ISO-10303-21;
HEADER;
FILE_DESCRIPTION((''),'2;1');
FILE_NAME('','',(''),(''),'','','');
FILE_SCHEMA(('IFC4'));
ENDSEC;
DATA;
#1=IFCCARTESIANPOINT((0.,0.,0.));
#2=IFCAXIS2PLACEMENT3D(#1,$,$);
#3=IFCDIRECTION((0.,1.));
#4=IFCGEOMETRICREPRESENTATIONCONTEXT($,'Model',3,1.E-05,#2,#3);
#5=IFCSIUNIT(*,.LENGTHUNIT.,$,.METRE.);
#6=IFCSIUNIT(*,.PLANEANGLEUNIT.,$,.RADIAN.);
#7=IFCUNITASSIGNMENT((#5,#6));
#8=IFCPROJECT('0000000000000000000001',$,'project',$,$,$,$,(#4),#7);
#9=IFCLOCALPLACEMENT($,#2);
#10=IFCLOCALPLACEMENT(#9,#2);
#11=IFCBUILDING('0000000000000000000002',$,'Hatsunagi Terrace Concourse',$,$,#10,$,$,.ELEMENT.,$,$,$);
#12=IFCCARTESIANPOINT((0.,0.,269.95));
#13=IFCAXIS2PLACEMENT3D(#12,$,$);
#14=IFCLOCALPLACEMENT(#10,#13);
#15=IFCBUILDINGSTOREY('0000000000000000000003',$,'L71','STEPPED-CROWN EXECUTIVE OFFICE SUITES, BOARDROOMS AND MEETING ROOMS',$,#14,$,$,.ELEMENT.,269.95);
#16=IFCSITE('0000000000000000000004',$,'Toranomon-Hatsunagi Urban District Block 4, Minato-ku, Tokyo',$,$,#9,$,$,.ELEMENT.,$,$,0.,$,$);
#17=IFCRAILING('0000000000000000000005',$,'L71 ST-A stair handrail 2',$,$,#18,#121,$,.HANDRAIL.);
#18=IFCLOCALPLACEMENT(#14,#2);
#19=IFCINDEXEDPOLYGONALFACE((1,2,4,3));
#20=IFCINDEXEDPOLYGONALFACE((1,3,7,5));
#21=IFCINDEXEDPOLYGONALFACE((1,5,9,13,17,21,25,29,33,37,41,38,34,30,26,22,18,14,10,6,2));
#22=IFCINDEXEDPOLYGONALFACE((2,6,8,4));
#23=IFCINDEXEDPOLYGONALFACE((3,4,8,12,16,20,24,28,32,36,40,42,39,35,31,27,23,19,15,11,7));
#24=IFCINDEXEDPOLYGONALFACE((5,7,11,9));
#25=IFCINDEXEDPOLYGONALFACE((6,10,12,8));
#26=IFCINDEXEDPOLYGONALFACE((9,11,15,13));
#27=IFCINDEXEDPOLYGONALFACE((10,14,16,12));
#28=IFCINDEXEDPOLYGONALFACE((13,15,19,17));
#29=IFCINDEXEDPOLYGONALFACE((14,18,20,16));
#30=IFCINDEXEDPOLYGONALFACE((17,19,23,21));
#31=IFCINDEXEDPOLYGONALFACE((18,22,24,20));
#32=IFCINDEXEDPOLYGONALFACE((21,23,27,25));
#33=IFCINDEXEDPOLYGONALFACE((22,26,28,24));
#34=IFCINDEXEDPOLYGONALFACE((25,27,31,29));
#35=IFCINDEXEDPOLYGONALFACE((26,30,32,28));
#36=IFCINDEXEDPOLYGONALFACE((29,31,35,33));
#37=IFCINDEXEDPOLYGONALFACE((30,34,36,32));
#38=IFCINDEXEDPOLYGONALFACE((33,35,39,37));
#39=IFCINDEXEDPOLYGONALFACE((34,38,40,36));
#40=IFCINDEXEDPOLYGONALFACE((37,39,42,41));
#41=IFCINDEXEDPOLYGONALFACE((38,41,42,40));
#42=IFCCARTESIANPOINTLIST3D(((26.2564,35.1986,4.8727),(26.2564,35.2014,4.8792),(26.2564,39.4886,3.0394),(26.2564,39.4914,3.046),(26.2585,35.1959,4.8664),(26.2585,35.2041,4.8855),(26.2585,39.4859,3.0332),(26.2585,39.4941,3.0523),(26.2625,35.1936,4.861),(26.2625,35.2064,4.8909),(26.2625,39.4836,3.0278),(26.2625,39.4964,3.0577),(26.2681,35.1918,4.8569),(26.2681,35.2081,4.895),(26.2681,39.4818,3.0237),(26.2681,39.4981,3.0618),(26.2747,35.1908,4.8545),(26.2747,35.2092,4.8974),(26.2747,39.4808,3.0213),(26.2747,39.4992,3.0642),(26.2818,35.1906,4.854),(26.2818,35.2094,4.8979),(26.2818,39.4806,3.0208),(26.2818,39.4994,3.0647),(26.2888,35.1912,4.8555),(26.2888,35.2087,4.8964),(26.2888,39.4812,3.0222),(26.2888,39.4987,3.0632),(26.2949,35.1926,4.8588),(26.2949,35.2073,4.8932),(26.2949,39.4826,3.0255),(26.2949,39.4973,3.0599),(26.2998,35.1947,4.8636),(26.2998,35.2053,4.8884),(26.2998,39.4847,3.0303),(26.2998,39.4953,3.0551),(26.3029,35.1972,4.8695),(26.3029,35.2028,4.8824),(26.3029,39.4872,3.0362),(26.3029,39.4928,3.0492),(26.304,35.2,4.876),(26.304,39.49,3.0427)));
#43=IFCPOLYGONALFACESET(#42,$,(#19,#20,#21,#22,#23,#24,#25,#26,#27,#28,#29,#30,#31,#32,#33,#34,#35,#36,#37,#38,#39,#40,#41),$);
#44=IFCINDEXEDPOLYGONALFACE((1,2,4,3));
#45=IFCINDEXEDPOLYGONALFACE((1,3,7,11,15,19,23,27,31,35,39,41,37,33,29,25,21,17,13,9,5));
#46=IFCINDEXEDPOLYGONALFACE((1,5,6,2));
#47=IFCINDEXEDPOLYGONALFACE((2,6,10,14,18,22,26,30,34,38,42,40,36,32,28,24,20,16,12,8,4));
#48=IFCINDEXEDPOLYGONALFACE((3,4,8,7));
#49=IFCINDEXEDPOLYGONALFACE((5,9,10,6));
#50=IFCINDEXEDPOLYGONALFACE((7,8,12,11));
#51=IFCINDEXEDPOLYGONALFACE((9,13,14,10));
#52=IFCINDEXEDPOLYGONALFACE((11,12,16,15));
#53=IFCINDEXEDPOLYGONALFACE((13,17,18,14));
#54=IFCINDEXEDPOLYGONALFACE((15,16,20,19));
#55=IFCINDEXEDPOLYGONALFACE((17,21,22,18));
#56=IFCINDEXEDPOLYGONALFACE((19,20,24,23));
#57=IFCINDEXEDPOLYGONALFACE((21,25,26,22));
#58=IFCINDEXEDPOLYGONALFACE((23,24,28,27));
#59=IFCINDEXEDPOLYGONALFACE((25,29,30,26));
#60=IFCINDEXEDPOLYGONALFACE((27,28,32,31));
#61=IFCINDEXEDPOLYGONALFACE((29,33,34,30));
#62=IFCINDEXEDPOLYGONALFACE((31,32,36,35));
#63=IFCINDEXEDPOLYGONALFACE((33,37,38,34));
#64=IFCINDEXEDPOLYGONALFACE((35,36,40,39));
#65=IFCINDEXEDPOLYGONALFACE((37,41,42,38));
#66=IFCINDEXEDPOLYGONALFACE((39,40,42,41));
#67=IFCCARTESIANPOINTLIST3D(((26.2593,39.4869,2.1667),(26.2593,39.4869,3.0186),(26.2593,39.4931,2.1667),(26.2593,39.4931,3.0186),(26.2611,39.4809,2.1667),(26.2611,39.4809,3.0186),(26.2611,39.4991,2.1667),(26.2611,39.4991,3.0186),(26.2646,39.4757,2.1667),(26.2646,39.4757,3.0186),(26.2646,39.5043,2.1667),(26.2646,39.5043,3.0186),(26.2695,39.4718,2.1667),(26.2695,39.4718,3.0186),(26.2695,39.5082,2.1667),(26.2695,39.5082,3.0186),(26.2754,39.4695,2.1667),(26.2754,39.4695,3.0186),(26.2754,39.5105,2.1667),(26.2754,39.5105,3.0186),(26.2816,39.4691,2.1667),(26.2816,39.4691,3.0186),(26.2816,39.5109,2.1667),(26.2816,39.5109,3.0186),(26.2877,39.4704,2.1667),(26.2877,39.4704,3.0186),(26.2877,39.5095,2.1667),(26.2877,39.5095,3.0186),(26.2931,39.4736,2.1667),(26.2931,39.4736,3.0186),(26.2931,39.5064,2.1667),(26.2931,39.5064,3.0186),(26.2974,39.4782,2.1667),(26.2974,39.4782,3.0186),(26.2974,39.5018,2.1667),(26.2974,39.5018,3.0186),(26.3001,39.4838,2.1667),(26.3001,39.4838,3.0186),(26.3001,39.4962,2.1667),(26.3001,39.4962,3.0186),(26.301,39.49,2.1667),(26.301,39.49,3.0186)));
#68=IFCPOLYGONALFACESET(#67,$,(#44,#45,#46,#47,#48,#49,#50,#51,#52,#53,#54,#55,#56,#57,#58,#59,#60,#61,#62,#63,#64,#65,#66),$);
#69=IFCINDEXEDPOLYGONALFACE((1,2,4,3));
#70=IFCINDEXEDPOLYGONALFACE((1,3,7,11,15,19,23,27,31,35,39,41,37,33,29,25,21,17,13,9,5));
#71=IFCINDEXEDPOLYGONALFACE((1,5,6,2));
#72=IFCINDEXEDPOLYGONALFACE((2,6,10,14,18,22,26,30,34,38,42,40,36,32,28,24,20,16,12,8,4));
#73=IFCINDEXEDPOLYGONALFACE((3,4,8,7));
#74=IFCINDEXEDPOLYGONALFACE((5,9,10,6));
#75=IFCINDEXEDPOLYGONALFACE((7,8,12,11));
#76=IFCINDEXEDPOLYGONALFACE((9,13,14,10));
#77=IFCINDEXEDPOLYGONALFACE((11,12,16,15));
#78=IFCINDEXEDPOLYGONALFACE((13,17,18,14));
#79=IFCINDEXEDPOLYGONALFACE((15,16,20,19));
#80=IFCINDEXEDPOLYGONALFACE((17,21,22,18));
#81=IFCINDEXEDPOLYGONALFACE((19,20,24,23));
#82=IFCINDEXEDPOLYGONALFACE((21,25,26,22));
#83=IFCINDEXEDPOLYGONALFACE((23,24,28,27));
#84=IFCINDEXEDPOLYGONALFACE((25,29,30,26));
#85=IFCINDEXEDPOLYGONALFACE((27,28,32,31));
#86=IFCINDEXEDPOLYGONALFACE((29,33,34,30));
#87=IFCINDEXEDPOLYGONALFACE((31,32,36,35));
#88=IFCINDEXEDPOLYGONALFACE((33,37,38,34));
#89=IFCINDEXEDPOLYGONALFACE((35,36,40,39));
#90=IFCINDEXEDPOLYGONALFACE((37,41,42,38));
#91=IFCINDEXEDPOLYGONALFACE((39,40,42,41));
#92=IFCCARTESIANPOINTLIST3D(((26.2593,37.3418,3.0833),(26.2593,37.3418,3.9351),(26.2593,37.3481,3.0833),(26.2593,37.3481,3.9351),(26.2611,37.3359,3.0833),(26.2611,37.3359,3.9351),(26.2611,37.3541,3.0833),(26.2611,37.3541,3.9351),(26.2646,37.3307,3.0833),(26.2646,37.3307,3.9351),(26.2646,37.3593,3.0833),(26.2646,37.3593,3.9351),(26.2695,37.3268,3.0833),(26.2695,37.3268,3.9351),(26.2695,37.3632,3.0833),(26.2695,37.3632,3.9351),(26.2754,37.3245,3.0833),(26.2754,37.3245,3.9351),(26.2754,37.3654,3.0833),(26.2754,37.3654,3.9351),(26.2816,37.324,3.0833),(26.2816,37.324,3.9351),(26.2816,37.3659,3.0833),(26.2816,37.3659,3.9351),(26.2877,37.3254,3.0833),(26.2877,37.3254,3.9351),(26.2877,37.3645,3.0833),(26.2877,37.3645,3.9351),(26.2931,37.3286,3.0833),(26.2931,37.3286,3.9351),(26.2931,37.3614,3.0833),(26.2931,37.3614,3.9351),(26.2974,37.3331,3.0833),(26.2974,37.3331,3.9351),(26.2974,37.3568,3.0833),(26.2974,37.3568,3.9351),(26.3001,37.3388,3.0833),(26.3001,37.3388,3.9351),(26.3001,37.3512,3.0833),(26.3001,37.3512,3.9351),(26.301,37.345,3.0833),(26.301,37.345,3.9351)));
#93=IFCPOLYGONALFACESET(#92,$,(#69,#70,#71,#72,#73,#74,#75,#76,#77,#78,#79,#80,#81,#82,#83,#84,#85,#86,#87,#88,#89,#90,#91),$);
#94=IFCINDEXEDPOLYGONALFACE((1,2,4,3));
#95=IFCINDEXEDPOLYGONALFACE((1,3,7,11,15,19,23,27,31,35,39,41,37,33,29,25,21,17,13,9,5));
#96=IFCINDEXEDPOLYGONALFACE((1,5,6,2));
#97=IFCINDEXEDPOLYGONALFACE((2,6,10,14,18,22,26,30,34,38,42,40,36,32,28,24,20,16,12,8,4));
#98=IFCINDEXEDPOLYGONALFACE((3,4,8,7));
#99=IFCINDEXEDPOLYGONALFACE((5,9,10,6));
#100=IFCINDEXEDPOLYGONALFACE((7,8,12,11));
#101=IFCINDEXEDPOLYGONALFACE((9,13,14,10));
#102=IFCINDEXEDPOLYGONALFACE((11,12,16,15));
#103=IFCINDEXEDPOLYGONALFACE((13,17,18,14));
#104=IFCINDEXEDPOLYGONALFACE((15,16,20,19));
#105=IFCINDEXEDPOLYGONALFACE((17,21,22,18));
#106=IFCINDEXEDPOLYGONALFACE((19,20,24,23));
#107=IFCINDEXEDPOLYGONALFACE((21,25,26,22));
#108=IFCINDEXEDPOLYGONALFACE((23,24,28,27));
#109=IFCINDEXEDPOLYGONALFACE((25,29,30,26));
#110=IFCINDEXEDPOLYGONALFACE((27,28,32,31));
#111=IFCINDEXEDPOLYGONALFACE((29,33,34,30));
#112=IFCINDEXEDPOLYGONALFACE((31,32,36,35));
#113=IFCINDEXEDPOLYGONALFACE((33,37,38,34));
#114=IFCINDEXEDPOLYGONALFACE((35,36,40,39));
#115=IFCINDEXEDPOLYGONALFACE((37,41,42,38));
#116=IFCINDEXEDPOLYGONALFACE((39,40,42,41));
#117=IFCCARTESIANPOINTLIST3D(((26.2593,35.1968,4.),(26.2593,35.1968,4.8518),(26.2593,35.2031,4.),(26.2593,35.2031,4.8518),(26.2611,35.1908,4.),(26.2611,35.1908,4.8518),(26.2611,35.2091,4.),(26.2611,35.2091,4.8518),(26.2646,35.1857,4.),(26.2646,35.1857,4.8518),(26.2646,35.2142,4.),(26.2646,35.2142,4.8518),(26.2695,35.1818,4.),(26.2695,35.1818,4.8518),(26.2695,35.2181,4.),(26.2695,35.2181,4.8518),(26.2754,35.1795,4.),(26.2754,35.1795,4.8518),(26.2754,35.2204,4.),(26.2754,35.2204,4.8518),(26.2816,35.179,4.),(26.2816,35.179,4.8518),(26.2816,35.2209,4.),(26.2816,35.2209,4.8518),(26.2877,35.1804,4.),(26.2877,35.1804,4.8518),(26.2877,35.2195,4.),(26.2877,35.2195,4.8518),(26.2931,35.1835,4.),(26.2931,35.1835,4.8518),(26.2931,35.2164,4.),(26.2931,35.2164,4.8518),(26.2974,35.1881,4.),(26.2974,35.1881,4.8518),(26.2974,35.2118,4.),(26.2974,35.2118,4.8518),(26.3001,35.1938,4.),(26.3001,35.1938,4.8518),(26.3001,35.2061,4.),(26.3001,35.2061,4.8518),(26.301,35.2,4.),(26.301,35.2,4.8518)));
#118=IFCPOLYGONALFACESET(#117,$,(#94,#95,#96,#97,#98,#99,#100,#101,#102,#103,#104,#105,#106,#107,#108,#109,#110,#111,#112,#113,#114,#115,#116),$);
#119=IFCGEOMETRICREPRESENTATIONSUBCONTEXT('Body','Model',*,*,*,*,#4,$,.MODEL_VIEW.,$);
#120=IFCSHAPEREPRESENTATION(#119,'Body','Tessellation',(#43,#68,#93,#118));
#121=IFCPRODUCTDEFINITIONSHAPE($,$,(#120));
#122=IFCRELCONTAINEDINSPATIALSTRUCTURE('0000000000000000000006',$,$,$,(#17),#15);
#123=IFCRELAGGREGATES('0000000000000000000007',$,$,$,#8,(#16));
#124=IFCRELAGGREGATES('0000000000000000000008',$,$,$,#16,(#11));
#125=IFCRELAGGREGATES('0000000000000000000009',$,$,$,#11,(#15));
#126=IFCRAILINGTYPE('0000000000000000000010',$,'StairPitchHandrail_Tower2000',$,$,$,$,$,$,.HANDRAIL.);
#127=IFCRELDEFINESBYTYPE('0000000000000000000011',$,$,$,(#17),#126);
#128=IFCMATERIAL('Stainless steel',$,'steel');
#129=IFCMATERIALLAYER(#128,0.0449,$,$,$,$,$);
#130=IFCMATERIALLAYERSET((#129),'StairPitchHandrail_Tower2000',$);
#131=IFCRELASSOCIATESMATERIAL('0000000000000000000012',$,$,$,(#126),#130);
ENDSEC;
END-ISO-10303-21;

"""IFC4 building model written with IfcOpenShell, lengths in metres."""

from ifc_helpers import new_model, si_unit, direction, frame, origin, origin_2d, place, context, subcontext, project, spatial, circle, extrude, material, layer, layer_set, type_object, element, save


model = new_model("IFC4")

# Units and contexts
model_context = context("Model", 3, precision=1e-05, world=origin(), true_north=direction((0.0, 1.0)))
body_context = subcontext(model_context, "Body", "Model", "MODEL_VIEW")
ifc_project = project(units=[si_unit("LENGTHUNIT", "METRE"), si_unit("PLANEANGLEUNIT", "RADIAN")], contexts=[model_context])

# Site, building, storey
site_placement = place(None, origin())
site = spatial("IfcSite", under=ifc_project, at=site_placement, Name="Toranomon-Hatsunagi Urban District Block 4, Minato-ku, Tokyo", CompositionType="ELEMENT", RefElevation=0.0)
building_placement = place(site_placement, origin())
building = spatial("IfcBuilding", under=site, at=building_placement, Name="Hatsunagi Terrace Concourse", CompositionType="ELEMENT")
storey_placement = place(building_placement, frame((0.0, 0.0, 269.95)))
storey = spatial("IfcBuildingStorey", under=building, at=storey_placement, Name="L71", Description="STEPPED-CROWN EXECUTIVE OFFICE SUITES, BOARDROOMS AND MEETING ROOMS", CompositionType="ELEMENT", Elevation=269.95)

# Railing
ifc_material_1 = material(Name="Stainless steel", Category="steel")
ifc_layer_1 = layer(ifc_material_1, 0.0449)
ifc_layer_set_1 = layer_set([ifc_layer_1], Name="StairPitchHandrail_Tower2000")
railing_type_1 = type_object("IfcRailingType", Name="StairPitchHandrail_Tower2000", PredefinedType="HANDRAIL", material=ifc_layer_set_1)
railing_1_placement = place(storey_placement, frame((26.28, 39.49, 2.1667)))
element("IfcRailing", 1, at=railing_1_placement, inside=storey, type_object=railing_type_1, Name="L71 ST-A stair handrail 2", PredefinedType="HANDRAIL", context=body_context, shape_type="SweptSolid", body=[
    extrude(circle(Radius=0.0239, at=origin_2d()), frame((0.0, 0.0, 0.876), z_axis=(0.0, -0.919559, 0.392953), x_axis=(1.0, 0.0, 0.0)), (0.0, 0.0, 1.0), 4.6653),
    extrude(circle(Radius=0.021, at=origin_2d()), origin(), (0.0, 0.0, 1.0), 0.8518),
    extrude(circle(Radius=0.021, at=origin_2d()), frame((0.0, -2.145, 0.9165)), (0.0, 0.0, 1.0), 0.8518),
    extrude(circle(Radius=0.021, at=origin_2d()), frame((0.0, -4.29, 1.8333)), (0.0, 0.0, 1.0), 0.8518),
])

save(model, "model.ifc")
